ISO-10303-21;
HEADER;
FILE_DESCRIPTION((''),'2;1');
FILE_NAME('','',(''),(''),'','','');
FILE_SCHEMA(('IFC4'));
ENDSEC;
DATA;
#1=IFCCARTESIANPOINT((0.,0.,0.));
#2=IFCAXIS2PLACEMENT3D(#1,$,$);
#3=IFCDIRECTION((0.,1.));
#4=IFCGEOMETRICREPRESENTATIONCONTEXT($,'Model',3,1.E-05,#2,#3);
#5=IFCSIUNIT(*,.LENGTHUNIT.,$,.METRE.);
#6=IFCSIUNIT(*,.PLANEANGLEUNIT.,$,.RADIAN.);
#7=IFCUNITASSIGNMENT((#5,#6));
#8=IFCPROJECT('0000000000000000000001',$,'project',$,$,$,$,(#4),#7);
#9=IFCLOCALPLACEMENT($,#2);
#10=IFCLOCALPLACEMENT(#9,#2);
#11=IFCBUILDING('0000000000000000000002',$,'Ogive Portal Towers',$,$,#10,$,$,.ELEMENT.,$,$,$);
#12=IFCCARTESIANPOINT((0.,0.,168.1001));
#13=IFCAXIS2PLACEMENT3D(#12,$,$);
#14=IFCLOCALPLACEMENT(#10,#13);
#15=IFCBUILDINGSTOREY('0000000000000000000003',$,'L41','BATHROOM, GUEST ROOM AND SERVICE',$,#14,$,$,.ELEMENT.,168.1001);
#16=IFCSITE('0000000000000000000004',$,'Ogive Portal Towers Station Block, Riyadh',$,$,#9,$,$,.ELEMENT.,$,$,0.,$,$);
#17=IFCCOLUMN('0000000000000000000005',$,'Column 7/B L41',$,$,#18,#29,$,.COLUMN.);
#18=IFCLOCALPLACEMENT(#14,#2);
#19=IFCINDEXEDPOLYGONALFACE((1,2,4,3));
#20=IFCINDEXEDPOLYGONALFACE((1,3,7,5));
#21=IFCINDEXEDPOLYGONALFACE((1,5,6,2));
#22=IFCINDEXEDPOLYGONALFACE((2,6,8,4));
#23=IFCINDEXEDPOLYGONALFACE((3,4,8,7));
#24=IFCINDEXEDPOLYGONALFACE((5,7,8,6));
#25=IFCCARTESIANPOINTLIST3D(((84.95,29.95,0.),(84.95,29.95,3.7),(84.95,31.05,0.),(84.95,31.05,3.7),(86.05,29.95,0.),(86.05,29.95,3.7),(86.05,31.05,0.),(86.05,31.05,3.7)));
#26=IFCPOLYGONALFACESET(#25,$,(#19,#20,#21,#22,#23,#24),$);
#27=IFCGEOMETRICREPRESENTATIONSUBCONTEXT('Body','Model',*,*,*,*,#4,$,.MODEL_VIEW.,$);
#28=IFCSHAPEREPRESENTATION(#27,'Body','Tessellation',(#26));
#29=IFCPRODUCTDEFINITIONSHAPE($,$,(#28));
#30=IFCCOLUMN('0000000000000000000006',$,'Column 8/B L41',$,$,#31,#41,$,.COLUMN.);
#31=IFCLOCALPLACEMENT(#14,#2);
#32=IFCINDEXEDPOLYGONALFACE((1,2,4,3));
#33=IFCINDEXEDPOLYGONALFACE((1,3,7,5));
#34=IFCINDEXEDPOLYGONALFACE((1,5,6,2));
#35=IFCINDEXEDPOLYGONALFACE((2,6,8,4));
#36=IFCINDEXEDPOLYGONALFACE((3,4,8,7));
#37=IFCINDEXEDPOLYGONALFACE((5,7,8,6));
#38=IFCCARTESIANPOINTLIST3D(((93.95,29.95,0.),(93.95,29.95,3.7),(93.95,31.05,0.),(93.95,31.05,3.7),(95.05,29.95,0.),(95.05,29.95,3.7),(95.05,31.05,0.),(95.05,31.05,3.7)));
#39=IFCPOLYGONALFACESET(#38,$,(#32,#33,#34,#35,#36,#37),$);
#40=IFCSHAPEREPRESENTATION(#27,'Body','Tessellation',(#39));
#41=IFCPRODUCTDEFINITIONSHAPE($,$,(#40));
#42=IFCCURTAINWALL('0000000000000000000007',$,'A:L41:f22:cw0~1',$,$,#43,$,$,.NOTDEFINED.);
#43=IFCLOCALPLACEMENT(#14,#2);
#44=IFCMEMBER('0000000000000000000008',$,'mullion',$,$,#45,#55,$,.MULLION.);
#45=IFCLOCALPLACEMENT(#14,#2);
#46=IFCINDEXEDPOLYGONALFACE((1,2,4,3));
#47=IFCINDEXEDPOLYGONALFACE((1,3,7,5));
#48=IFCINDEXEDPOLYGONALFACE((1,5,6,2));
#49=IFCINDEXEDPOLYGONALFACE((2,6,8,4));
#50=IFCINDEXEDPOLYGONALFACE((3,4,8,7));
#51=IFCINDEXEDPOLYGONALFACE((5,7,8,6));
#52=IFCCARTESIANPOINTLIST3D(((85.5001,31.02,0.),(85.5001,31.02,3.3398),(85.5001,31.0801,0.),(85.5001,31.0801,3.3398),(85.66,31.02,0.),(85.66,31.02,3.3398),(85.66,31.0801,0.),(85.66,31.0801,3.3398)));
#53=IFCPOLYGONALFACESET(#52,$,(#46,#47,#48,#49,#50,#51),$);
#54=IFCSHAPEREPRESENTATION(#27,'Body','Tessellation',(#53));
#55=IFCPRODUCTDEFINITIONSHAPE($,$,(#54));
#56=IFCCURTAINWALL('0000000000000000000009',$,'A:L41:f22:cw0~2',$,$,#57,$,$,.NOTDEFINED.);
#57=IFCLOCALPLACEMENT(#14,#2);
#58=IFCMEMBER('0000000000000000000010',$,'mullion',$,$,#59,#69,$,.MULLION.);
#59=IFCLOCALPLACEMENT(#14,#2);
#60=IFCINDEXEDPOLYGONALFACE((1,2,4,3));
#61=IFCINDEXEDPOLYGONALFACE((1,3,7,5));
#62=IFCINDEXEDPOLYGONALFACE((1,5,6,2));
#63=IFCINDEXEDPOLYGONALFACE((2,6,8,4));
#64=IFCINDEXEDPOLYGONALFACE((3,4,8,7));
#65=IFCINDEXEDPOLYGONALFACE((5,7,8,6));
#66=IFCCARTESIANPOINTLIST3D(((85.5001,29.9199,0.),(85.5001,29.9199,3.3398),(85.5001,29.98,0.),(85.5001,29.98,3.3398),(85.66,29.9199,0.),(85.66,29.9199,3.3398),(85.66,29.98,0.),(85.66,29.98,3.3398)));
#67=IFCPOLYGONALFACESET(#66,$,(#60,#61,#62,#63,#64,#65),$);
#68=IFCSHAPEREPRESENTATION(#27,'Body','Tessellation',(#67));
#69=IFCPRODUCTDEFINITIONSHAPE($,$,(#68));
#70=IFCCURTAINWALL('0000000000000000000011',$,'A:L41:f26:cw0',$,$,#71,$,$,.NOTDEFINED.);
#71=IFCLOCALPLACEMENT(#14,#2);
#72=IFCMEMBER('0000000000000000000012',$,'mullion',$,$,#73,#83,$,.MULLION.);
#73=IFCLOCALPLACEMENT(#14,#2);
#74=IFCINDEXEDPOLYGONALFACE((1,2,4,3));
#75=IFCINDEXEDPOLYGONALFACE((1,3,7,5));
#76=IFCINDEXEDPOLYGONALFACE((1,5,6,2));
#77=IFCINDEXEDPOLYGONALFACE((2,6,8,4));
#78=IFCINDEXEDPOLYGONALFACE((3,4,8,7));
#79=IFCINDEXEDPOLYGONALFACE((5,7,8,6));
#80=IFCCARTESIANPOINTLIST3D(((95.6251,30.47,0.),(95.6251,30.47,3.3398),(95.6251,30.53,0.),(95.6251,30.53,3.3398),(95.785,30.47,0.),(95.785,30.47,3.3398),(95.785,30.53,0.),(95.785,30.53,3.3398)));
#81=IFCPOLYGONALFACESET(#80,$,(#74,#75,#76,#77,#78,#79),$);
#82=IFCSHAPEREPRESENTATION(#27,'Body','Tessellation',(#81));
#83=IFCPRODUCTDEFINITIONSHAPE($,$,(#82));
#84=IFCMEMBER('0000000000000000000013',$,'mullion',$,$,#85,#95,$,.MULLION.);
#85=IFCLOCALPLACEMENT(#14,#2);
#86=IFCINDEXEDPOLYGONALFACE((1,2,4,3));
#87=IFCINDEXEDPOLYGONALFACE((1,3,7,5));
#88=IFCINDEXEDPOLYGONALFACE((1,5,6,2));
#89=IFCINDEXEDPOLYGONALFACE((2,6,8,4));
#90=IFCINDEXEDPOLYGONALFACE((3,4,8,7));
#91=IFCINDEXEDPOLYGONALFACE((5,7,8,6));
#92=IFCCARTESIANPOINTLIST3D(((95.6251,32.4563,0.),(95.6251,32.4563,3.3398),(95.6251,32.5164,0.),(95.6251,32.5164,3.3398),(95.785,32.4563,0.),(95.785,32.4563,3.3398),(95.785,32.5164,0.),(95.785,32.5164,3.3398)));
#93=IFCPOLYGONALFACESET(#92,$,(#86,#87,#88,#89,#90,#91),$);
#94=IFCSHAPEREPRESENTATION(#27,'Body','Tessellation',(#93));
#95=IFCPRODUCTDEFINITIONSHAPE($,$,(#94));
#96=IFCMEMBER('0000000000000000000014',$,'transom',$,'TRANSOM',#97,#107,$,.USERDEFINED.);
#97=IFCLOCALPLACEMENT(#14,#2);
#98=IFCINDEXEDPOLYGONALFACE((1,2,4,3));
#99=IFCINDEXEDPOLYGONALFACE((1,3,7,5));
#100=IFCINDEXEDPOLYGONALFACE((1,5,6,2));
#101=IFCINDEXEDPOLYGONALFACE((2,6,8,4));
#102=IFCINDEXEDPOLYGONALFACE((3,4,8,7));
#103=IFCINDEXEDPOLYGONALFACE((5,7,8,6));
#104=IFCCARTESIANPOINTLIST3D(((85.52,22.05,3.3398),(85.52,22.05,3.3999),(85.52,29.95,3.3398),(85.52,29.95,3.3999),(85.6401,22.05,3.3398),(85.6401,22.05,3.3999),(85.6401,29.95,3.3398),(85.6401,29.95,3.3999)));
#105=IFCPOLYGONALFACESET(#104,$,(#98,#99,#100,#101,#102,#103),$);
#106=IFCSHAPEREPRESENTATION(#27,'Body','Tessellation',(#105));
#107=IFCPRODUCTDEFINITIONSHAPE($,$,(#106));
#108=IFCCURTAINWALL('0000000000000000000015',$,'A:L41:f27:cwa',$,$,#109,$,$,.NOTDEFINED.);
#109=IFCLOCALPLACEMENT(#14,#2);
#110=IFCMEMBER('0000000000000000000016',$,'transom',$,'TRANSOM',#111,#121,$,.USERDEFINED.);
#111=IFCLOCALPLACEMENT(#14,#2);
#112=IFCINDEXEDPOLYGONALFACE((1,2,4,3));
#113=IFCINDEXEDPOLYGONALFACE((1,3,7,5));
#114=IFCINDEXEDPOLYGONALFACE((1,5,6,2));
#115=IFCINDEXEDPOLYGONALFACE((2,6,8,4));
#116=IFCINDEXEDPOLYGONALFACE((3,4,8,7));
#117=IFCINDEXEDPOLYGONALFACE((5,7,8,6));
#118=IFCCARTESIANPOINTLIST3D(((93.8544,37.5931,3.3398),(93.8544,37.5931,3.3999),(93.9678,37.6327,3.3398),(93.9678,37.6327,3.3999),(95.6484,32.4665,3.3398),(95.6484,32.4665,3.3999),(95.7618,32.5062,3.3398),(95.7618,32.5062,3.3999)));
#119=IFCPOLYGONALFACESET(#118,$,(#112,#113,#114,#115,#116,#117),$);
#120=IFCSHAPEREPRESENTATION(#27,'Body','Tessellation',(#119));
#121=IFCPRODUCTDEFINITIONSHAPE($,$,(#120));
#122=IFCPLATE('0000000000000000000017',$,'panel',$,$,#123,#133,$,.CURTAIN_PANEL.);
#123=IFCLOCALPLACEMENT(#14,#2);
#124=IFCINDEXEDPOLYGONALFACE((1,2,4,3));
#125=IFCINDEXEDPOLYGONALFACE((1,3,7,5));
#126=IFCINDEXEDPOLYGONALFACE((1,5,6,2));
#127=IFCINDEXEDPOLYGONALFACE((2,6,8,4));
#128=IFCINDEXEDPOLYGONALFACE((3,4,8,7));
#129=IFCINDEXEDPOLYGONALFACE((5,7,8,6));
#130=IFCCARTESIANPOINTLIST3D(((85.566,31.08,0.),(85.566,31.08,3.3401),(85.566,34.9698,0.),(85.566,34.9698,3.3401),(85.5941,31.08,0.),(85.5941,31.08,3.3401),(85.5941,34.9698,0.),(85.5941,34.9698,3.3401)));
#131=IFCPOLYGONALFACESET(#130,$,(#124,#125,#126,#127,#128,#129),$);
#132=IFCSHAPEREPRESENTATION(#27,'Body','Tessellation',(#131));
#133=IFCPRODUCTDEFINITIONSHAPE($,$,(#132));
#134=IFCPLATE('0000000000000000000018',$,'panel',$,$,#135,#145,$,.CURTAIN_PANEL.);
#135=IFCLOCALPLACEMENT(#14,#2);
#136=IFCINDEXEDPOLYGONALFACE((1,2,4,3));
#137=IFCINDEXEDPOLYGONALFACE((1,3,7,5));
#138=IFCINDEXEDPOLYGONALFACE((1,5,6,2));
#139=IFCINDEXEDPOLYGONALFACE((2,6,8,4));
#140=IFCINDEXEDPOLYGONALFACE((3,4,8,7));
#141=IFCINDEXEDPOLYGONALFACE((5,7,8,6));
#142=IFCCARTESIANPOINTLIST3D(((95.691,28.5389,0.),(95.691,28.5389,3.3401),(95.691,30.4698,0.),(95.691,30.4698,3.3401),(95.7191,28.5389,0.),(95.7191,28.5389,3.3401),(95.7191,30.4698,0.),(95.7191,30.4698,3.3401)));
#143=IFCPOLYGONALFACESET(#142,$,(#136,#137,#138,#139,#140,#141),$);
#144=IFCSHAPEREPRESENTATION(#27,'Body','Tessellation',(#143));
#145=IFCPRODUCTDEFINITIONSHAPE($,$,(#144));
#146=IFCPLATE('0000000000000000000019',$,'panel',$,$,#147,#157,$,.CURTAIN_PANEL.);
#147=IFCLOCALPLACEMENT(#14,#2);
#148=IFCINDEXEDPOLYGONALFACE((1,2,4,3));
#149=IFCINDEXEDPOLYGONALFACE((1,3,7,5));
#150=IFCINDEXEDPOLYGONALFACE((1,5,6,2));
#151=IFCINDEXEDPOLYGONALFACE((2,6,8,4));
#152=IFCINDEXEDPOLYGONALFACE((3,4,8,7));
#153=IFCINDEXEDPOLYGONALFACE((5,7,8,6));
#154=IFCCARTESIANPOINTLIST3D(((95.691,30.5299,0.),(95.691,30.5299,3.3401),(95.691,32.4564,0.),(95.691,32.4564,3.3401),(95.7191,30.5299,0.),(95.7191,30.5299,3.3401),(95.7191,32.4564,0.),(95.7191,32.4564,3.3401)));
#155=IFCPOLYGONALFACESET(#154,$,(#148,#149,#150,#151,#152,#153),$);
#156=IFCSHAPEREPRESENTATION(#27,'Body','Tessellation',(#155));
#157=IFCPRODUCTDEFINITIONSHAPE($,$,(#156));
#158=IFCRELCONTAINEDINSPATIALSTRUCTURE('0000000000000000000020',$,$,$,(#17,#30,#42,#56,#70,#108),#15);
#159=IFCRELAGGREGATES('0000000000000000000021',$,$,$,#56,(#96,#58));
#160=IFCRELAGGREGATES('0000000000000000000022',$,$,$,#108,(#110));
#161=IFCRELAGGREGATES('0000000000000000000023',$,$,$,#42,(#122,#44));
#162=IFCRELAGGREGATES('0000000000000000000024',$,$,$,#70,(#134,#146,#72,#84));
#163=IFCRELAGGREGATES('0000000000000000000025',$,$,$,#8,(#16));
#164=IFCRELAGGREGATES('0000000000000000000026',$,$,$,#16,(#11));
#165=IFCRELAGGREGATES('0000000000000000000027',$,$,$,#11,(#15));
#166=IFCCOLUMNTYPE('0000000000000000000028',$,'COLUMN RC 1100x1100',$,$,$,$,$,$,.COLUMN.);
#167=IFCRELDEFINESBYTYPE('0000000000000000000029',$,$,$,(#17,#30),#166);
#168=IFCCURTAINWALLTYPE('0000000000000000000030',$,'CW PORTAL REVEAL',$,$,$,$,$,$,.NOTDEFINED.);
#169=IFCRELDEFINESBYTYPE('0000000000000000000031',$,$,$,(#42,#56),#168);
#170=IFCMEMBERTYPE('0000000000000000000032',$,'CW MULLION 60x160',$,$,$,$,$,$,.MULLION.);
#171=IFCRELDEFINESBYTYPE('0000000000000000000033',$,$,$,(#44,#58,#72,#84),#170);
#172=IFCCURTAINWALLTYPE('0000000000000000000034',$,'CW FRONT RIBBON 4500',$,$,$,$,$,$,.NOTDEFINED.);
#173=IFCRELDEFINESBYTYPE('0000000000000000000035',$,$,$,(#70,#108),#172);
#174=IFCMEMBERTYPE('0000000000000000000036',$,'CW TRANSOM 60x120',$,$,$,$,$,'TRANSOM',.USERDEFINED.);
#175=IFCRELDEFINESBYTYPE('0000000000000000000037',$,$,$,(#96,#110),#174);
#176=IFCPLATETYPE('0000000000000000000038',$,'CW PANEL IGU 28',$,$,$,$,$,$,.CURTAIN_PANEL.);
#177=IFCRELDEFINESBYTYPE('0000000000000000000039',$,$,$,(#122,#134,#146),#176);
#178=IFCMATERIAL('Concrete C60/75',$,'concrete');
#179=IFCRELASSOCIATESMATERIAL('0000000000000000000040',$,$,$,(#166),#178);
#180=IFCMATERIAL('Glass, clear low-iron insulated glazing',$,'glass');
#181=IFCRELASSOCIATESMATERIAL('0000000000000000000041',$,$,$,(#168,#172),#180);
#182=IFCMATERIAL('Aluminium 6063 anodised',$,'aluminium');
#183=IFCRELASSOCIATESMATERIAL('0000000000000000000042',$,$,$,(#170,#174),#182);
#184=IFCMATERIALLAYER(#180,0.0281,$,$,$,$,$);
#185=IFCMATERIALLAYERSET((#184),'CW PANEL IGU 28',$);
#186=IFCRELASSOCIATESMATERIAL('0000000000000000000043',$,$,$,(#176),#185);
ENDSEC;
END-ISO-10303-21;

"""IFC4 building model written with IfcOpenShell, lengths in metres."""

from ifc_helpers import new_model, si_unit, direction, frame, origin, origin_2d, place, context, subcontext, project, spatial, rectangle, extrude, material, layer, layer_set, material_profile, profile_set, type_object, element, aggregate, save


model = new_model("IFC4")

# Units and contexts
model_context = context("Model", 3, precision=1e-05, world=origin(), true_north=direction((0.0, 1.0)))
body_context = subcontext(model_context, "Body", "Model", "MODEL_VIEW")
ifc_project = project(units=[si_unit("LENGTHUNIT", "METRE"), si_unit("PLANEANGLEUNIT", "RADIAN")], contexts=[model_context])

# Site, building, storey
site_placement = place(None, origin())
site = spatial("IfcSite", under=ifc_project, at=site_placement, Name="Ogive Portal Towers Station Block, Riyadh", CompositionType="ELEMENT", RefElevation=0.0)
building_placement = place(site_placement, origin())
building = spatial("IfcBuilding", under=site, at=building_placement, Name="Ogive Portal Towers", CompositionType="ELEMENT")
storey_placement = place(building_placement, frame((0.0, 0.0, 168.1001)))
storey = spatial("IfcBuildingStorey", under=building, at=storey_placement, Name="L41", Description="BATHROOM, GUEST ROOM AND SERVICE", CompositionType="ELEMENT", Elevation=168.1001)

# Columns
ifc_material_1 = material(Name="Concrete C60/75", Category="concrete")
ifc_material_profile_1 = material_profile(ifc_material_1, rectangle(XDim=1.1001, YDim=1.1001, at=origin_2d()), Name="RC 1100x1100")
ifc_profile_set_1 = profile_set([ifc_material_profile_1], Name="Concrete C60/75")
column_type = type_object("IfcColumnType", Name="COLUMN RC 1100x1100", PredefinedType="COLUMN", material=ifc_profile_set_1)
for number, where, z_axis, x_axis, name in (
    (1, (85.5, 30.5, 0.0), (0.0, 0.0, 1.0), (1.0, 0.0, 0.0), "Column 7/B L41"),
    (2, (94.5, 30.5, 0.0), (0.0, 0.0, 1.0), (1.0, 0.0, 0.0), "Column 8/B L41"),
):
    element("IfcColumn", number, at=place(storey_placement, frame(where, z_axis=z_axis, x_axis=x_axis)), inside=storey, type_object=column_type, Name=name, PredefinedType="COLUMN", context=body_context, shape_type="SweptSolid", body=[
        extrude(rectangle(XDim=1.1001, YDim=1.1001, at=origin_2d()), origin(), (0.0, 0.0, 1.0), 3.7),
    ])

# Curtain walls, members
ifc_material_2 = material(Name="Glass, clear low-iron insulated glazing", Category="glass")
curtain_wall_type_1 = type_object("IfcCurtainWallType", Name="CW PORTAL REVEAL", PredefinedType="NOTDEFINED", material=ifc_material_2)
curtain_wall_1_placement = place(storey_placement, origin())
curtain_wall_1 = element("IfcCurtainWall", 3, at=curtain_wall_1_placement, inside=storey, type_object=curtain_wall_type_1, Name="A:L41:f22:cw0~1", PredefinedType="NOTDEFINED")
ifc_material_3 = material(Name="Aluminium 6063 anodised", Category="aluminium")
ifc_material_profile_2 = material_profile(ifc_material_3, rectangle(XDim=0.1599, YDim=0.0601, at=origin_2d()), Name="AL 60x160")
ifc_profile_set_2 = profile_set([ifc_material_profile_2], Name="Aluminium 6063 anodised")
member_type_1 = type_object("IfcMemberType", Name="CW MULLION 60x160", PredefinedType="MULLION", material=ifc_profile_set_2)
member_1_placement = place(storey_placement, frame((85.5801, 31.05, 0.0), z_axis=(0.0, 0.0, 1.0), x_axis=(1.0, 0.0, 0.0)))
member_1 = element("IfcMember", 4, at=member_1_placement, type_object=member_type_1, Name="mullion", PredefinedType="MULLION", context=body_context, shape_type="SweptSolid", body=[
    extrude(rectangle(XDim=0.1599, YDim=0.0601, at=origin_2d()), origin(), (0.0, 0.0, 1.0), 3.3398),
])
curtain_wall_2_placement = place(storey_placement, origin())
curtain_wall_2 = element("IfcCurtainWall", 5, at=curtain_wall_2_placement, inside=storey, type_object=curtain_wall_type_1, Name="A:L41:f22:cw0~2", PredefinedType="NOTDEFINED")
member_2_placement = place(storey_placement, frame((85.5801, 29.95, 0.0), z_axis=(0.0, 0.0, 1.0), x_axis=(1.0, 0.0, 0.0)))
member_2 = element("IfcMember", 6, at=member_2_placement, type_object=member_type_1, Name="mullion", PredefinedType="MULLION", context=body_context, shape_type="SweptSolid", body=[
    extrude(rectangle(XDim=0.1599, YDim=0.0601, at=origin_2d()), origin(), (0.0, 0.0, 1.0), 3.3398),
])

# Curtain wall, members
curtain_wall_type_2 = type_object("IfcCurtainWallType", Name="CW FRONT RIBBON 4500", PredefinedType="NOTDEFINED", material=ifc_material_2)
curtain_wall_3_placement = place(storey_placement, origin())
curtain_wall_3 = element("IfcCurtainWall", 7, at=curtain_wall_3_placement, inside=storey, type_object=curtain_wall_type_2, Name="A:L41:f26:cw0", PredefinedType="NOTDEFINED")
member_3_placement = place(storey_placement, frame((95.7051, 30.5, 0.0), z_axis=(0.0, 0.0, 1.0), x_axis=(-1.0, 0.0, 0.0)))
member_3 = element("IfcMember", 8, at=member_3_placement, type_object=member_type_1, Name="mullion", PredefinedType="MULLION", context=body_context, shape_type="SweptSolid", body=[
    extrude(rectangle(XDim=0.1599, YDim=0.0601, at=origin_2d()), origin(), (0.0, 0.0, 1.0), 3.3398),
])
member_4_placement = place(storey_placement, frame((95.7051, 32.4863, 0.0), z_axis=(0.0, 0.0, 1.0), x_axis=(-1.0, 0.0, 0.0)))
member_4 = element("IfcMember", 9, at=member_4_placement, type_object=member_type_1, Name="mullion", PredefinedType="MULLION", context=body_context, shape_type="SweptSolid", body=[
    extrude(rectangle(XDim=0.1599, YDim=0.0601, at=origin_2d()), origin(), (0.0, 0.0, 1.0), 3.3398),
])

# Member
ifc_material_profile_3 = material_profile(ifc_material_3, rectangle(XDim=0.1201, YDim=0.0601, at=origin_2d()), Name="AL 120x60")
ifc_profile_set_3 = profile_set([ifc_material_profile_3], Name="Aluminium 6063 anodised")
member_type_2 = type_object("IfcMemberType", Name="CW TRANSOM 60x120", ElementType="TRANSOM", PredefinedType="USERDEFINED", material=ifc_profile_set_3)
member_5_placement = place(storey_placement, frame((85.5801, 29.95, 3.3699), z_axis=(0.0, -1.0, 0.0), x_axis=(1.0, 0.0, 0.0)))
member_5 = element("IfcMember", 10, at=member_5_placement, type_object=member_type_2, Name="transom", ObjectType="TRANSOM", PredefinedType="USERDEFINED", context=body_context, shape_type="SweptSolid", body=[
    extrude(rectangle(XDim=0.1201, YDim=0.0601, at=origin_2d()), origin(), (0.0, 0.0, 1.0), 7.8999),
])
aggregate(curtain_wall_2, [member_5, member_2])

# Curtain wall, member
curtain_wall_4_placement = place(storey_placement, origin())
curtain_wall_4 = element("IfcCurtainWall", 11, at=curtain_wall_4_placement, inside=storey, type_object=curtain_wall_type_2, Name="A:L41:f27:cwa", PredefinedType="NOTDEFINED")
member_6_placement = place(storey_placement, frame((95.7051, 32.4863, 3.3699), z_axis=(-0.330298, 0.943877, 0.0), x_axis=(-0.943877, -0.330298, 0.0)))
member_6 = element("IfcMember", 12, at=member_6_placement, type_object=member_type_2, Name="transom", ObjectType="TRANSOM", PredefinedType="USERDEFINED", context=body_context, shape_type="SweptSolid", body=[
    extrude(rectangle(XDim=0.1201, YDim=0.0601, at=origin_2d()), origin(), (0.0, 0.0, 1.0), 5.4314),
])
aggregate(curtain_wall_4, [member_6])

# Plates
ifc_layer_1 = layer(ifc_material_2, 0.0281)
ifc_layer_set_1 = layer_set([ifc_layer_1], Name="CW PANEL IGU 28")
plate_type = type_object("IfcPlateType", Name="CW PANEL IGU 28", PredefinedType="CURTAIN_PANEL", material=ifc_layer_set_1)
plate_1_placement = place(storey_placement, frame((85.5801, 33.0249, 0.0), z_axis=(0.0, 0.0, 1.0), x_axis=(0.0, -1.0, 0.0)))
plate_1 = element("IfcPlate", 13, at=plate_1_placement, type_object=plate_type, Name="panel", PredefinedType="CURTAIN_PANEL", context=body_context, shape_type="SweptSolid", body=[
    extrude(rectangle(XDim=3.8899, YDim=0.0281, at=origin_2d()), origin(), (0.0, 0.0, 1.0), 3.3401),
])
aggregate(curtain_wall_1, [plate_1, member_1])
plate_2_placement = place(storey_placement, frame((95.7051, 29.5044, 0.0), z_axis=(0.0, 0.0, 1.0), x_axis=(0.0, 1.0, 0.0)))
plate_2 = element("IfcPlate", 14, at=plate_2_placement, type_object=plate_type, Name="panel", PredefinedType="CURTAIN_PANEL", context=body_context, shape_type="SweptSolid", body=[
    extrude(rectangle(XDim=1.9309, YDim=0.0281, at=origin_2d()), origin(), (0.0, 0.0, 1.0), 3.3401),
])
plate_3_placement = place(storey_placement, frame((95.7051, 31.4932, 0.0), z_axis=(0.0, 0.0, 1.0), x_axis=(0.0, 1.0, 0.0)))
plate_3 = element("IfcPlate", 15, at=plate_3_placement, type_object=plate_type, Name="panel", PredefinedType="CURTAIN_PANEL", context=body_context, shape_type="SweptSolid", body=[
    extrude(rectangle(XDim=1.9265, YDim=0.0281, at=origin_2d()), origin(), (0.0, 0.0, 1.0), 3.3401),
])
aggregate(curtain_wall_3, [plate_2, plate_3, member_3, member_4])

save(model, "model.ifc")
